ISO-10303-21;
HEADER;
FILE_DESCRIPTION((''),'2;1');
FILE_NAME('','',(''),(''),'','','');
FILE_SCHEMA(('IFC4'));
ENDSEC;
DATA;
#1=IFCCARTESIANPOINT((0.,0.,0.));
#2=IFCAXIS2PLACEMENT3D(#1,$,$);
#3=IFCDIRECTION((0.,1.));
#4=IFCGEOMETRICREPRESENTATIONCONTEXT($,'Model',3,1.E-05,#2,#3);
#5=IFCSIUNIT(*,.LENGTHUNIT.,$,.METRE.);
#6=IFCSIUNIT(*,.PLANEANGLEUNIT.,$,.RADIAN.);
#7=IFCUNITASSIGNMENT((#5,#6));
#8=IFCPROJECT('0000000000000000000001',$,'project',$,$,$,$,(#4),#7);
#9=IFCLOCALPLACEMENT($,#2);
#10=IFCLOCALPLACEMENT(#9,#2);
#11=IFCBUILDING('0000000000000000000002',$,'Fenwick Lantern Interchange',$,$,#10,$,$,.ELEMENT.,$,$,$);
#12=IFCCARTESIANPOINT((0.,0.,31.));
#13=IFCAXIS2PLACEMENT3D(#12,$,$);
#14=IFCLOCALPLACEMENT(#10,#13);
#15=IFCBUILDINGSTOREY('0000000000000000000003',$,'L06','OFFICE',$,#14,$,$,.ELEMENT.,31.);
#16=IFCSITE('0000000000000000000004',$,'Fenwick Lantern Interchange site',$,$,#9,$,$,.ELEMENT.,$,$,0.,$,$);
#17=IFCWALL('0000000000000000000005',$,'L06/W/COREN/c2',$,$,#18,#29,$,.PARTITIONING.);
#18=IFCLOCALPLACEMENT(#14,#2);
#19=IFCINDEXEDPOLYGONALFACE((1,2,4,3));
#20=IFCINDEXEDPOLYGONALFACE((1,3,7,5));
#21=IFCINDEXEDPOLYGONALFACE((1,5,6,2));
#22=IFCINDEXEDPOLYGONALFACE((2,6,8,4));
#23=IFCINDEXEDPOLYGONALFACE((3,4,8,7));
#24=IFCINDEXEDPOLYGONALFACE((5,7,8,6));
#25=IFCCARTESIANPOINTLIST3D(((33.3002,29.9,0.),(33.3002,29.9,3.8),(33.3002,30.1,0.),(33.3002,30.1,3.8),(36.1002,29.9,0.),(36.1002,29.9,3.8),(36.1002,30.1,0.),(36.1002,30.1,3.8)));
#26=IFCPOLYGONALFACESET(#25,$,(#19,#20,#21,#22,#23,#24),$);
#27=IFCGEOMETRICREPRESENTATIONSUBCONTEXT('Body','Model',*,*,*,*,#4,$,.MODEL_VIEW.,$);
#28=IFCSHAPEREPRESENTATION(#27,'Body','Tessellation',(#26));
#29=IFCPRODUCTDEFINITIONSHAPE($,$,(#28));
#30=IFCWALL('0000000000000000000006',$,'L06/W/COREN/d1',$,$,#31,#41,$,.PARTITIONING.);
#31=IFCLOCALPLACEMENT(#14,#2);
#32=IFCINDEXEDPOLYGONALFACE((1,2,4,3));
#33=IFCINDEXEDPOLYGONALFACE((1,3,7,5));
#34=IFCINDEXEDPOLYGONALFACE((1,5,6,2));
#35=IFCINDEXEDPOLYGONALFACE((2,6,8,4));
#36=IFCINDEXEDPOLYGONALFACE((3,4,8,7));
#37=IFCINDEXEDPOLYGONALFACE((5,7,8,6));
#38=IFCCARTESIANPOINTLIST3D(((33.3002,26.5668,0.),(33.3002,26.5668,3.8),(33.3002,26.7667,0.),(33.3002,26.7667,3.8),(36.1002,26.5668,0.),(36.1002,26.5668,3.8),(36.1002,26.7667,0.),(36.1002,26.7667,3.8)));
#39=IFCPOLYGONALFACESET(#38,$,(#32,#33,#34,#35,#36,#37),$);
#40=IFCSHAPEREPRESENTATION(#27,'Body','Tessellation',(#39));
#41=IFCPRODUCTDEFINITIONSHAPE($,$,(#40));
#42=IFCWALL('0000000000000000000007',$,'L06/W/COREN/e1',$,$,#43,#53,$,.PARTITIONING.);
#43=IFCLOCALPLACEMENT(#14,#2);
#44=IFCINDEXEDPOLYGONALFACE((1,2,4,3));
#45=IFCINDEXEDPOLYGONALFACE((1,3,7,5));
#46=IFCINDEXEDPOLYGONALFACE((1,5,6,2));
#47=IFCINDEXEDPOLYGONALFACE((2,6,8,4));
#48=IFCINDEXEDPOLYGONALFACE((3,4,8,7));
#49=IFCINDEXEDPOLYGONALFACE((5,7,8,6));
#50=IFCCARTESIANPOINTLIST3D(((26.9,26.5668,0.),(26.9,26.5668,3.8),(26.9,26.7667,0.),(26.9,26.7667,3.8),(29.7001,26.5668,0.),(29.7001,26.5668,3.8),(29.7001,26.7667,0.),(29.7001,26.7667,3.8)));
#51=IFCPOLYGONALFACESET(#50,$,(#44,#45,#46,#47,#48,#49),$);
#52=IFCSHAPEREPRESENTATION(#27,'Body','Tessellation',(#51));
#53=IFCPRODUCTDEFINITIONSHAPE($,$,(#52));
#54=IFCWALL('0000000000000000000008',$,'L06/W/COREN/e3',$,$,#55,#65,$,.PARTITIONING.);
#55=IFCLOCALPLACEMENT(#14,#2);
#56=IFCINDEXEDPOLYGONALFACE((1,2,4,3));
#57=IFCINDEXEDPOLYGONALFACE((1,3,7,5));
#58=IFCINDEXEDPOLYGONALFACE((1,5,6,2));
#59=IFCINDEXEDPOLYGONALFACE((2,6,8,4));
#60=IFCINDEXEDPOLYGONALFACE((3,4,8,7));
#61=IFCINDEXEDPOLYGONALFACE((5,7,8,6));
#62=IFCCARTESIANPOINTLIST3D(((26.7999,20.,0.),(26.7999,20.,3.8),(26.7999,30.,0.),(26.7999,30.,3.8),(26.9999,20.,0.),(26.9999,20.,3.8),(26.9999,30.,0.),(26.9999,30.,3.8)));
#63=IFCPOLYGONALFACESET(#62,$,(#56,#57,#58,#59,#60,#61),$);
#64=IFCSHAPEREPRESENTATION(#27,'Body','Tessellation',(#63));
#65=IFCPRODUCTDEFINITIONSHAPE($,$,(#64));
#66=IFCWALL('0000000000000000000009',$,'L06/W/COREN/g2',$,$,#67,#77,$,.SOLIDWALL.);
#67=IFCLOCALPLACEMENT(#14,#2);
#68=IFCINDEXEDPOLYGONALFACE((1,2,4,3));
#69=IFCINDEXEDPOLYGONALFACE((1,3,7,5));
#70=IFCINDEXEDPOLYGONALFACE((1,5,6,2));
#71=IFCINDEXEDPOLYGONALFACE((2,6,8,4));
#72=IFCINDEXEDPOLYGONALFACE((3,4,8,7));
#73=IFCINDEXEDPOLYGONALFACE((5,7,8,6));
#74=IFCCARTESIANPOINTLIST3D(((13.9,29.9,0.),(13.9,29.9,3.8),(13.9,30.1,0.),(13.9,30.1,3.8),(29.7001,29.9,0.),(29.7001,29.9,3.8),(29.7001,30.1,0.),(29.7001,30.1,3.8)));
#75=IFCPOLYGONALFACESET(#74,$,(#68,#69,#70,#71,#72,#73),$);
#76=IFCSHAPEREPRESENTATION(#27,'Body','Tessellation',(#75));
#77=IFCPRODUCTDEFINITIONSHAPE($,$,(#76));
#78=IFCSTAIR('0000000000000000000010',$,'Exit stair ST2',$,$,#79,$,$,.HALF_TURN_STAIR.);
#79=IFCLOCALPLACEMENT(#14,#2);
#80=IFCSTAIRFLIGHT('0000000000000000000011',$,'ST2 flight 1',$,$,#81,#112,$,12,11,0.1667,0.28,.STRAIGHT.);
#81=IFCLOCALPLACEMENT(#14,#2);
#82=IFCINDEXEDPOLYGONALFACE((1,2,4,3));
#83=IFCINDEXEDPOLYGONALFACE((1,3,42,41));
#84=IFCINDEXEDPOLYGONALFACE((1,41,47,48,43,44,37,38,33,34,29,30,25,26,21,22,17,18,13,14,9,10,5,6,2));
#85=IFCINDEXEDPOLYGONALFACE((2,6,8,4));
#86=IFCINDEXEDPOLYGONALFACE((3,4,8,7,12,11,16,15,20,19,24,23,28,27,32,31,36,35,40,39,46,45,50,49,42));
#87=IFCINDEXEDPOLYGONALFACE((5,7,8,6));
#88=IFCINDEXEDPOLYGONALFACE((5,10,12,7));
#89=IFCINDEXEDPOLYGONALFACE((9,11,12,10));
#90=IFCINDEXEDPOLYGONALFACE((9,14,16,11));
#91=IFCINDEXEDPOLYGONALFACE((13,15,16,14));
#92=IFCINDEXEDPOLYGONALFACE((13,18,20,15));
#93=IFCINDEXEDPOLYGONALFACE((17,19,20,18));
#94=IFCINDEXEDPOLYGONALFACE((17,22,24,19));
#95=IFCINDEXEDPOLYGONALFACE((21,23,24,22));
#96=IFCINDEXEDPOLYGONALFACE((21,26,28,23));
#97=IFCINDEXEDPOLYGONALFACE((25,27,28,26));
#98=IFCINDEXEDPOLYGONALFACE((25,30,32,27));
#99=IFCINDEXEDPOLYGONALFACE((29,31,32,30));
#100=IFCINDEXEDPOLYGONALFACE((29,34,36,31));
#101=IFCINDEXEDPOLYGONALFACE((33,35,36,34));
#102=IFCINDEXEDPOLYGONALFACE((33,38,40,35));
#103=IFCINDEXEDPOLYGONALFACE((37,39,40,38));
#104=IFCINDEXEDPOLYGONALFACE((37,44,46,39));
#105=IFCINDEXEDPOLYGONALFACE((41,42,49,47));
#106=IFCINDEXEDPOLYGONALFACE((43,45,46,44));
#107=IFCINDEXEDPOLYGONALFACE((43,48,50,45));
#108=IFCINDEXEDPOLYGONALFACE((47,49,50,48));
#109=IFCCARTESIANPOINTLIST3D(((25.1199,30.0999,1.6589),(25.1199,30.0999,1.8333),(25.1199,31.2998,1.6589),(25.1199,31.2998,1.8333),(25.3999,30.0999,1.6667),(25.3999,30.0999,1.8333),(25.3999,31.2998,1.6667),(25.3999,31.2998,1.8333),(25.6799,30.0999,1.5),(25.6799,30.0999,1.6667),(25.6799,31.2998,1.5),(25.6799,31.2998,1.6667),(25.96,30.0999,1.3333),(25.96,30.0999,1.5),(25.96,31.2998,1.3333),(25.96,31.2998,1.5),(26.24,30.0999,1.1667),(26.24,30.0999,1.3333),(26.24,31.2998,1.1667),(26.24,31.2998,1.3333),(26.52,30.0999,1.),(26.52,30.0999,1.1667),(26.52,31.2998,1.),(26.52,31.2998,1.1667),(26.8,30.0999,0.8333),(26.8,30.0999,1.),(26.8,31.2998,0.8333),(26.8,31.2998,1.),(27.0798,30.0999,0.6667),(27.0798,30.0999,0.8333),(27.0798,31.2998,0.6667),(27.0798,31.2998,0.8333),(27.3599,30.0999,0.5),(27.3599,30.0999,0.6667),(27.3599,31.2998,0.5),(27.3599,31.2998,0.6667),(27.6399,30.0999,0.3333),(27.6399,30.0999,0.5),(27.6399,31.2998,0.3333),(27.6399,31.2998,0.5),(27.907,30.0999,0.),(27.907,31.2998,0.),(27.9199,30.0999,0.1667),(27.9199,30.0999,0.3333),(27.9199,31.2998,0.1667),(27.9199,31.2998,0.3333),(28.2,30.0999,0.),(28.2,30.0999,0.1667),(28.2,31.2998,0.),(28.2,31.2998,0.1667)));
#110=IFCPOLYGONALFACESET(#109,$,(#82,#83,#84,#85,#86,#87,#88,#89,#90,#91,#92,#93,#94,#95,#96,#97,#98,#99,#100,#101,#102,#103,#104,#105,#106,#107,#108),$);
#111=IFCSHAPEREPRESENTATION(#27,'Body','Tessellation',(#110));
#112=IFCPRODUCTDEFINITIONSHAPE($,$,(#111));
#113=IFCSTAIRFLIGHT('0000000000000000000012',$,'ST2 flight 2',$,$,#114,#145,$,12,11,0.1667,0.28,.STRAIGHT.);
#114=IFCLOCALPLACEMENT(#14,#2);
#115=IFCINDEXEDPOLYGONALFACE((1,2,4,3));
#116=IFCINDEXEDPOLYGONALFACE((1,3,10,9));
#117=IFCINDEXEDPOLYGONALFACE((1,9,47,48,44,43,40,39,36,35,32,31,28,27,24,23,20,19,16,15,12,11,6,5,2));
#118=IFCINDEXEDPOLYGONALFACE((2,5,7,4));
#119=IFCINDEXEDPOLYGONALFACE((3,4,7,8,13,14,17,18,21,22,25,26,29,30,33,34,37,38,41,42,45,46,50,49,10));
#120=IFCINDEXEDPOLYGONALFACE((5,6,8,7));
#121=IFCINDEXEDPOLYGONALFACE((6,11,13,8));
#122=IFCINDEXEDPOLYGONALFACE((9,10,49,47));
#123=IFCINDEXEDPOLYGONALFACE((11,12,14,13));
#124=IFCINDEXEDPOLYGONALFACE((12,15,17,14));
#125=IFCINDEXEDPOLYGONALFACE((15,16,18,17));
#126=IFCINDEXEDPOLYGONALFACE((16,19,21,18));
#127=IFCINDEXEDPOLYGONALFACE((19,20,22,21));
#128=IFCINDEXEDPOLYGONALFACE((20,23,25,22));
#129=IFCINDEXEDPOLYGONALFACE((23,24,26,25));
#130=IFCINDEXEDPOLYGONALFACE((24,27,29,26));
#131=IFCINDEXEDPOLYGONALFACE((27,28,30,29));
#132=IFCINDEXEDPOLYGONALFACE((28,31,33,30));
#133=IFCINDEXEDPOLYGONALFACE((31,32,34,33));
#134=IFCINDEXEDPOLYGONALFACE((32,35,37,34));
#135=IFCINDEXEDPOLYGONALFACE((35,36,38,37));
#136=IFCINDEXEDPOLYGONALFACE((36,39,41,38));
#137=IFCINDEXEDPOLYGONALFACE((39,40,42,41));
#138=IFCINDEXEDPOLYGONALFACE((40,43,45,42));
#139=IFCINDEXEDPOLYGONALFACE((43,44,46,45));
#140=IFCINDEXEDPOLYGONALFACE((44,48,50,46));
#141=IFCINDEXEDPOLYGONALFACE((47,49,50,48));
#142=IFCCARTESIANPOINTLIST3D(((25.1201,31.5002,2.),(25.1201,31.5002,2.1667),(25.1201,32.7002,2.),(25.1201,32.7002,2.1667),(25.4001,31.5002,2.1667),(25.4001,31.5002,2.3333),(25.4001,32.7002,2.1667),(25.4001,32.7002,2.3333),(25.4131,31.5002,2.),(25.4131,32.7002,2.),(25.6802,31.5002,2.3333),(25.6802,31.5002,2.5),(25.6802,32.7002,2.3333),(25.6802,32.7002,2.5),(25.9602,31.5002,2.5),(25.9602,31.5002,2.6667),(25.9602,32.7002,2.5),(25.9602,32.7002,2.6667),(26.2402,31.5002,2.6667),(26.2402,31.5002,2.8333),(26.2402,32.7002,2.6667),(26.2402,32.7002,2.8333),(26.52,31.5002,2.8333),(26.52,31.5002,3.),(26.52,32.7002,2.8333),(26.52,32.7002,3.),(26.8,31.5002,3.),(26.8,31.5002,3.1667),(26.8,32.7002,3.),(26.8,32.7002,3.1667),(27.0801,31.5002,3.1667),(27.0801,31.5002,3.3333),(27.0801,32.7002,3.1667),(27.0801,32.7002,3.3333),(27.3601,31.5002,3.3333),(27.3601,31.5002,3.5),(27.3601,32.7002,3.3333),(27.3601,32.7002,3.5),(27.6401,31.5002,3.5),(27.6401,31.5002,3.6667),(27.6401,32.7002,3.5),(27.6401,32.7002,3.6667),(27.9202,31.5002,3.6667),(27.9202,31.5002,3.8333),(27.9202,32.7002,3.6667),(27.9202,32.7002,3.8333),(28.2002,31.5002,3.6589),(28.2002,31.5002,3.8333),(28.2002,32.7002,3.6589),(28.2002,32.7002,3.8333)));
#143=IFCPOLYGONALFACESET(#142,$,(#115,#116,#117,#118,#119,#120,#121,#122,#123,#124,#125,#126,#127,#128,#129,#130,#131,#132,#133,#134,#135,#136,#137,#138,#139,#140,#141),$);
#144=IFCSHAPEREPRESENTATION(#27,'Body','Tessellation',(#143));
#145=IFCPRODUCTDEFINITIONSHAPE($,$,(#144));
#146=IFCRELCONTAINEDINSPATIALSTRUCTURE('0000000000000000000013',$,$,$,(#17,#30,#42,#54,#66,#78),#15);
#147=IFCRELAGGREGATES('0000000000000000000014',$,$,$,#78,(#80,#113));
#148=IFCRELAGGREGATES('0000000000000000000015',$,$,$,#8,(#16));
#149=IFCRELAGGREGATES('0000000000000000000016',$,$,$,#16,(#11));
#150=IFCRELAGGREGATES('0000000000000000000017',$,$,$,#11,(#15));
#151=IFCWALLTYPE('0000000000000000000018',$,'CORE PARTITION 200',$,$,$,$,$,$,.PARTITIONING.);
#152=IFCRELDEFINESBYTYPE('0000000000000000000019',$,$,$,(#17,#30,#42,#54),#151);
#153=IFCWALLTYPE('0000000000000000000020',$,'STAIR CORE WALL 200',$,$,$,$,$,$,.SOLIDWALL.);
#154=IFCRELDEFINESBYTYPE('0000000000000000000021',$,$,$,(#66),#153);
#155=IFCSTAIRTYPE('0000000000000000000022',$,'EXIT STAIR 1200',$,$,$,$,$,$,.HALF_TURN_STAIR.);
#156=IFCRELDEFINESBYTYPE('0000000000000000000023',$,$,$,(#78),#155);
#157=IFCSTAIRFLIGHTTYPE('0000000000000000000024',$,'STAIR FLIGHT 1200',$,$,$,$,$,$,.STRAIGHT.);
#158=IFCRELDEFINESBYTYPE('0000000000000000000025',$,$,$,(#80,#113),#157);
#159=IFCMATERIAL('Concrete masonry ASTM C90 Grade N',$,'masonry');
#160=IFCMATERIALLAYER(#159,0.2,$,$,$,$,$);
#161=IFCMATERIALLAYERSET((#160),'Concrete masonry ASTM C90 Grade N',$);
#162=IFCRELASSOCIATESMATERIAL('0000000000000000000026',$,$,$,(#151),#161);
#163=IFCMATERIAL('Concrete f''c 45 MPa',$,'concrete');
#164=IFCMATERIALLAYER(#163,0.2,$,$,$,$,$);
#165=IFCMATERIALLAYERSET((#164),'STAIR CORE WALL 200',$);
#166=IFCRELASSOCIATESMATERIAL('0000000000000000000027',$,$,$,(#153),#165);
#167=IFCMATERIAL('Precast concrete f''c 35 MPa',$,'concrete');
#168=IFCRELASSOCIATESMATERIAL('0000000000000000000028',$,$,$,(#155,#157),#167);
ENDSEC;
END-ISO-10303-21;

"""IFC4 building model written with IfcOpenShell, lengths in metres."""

from ifc_helpers import new_model, si_unit, direction, frame, frame_2d, origin, place, context, subcontext, project, spatial, polyline, rectangle, outline, extrude, material, layer, layer_set, type_object, element, aggregate, save


model = new_model("IFC4")

# Units and contexts
model_context = context("Model", 3, precision=1e-05, world=origin(), true_north=direction((0.0, 1.0)))
body_context = subcontext(model_context, "Body", "Model", "MODEL_VIEW")
ifc_project = project(units=[si_unit("LENGTHUNIT", "METRE"), si_unit("PLANEANGLEUNIT", "RADIAN")], contexts=[model_context])

# Site, building, storey
site_placement = place(None, origin())
site = spatial("IfcSite", under=ifc_project, at=site_placement, Name="Fenwick Lantern Interchange site", CompositionType="ELEMENT", RefElevation=0.0)
building_placement = place(site_placement, origin())
building = spatial("IfcBuilding", under=site, at=building_placement, Name="Fenwick Lantern Interchange", CompositionType="ELEMENT")
storey_placement = place(building_placement, frame((0.0, 0.0, 31.0)))
storey = spatial("IfcBuildingStorey", under=building, at=storey_placement, Name="L06", Description="OFFICE", CompositionType="ELEMENT", Elevation=31.0)

# Walls
ifc_material_1 = material(Name="Concrete masonry ASTM C90 Grade N", Category="masonry")
ifc_layer_1 = layer(ifc_material_1, 0.2)
ifc_layer_set_1 = layer_set([ifc_layer_1], Name="Concrete masonry ASTM C90 Grade N")
wall_type_1 = type_object("IfcWallType", Name="CORE PARTITION 200", PredefinedType="PARTITIONING", material=ifc_layer_set_1)
for number, where, z_axis, x_axis, name in (
    (1, (36.1001, 30.0, 0.0), (0.0, 0.0, 1.0), (-1.0, 0.0, 0.0), "L06/W/COREN/c2"),
    (2, (36.1001, 26.6667, 0.0), (0.0, 0.0, 1.0), (-1.0, 0.0, 0.0), "L06/W/COREN/d1"),
    (3, (29.7, 26.6667, 0.0), (0.0, 0.0, 1.0), (-1.0, 0.0, 0.0), "L06/W/COREN/e1"),
):
    element("IfcWall", number, at=place(storey_placement, frame(where, z_axis=z_axis, x_axis=x_axis)), inside=storey, type_object=wall_type_1, Name=name, PredefinedType="PARTITIONING", context=body_context, shape_type="SweptSolid", body=[
        extrude(rectangle(XDim=2.8, YDim=0.2, at=frame_2d((1.3999, 0.0))), origin(), (0.0, 0.0, 1.0), 3.8),
    ])
wall_1_placement = place(storey_placement, frame((26.8999, 30.0, 0.0), z_axis=(0.0, 0.0, 1.0), x_axis=(0.0, -1.0, 0.0)))
element("IfcWall", 4, at=wall_1_placement, inside=storey, type_object=wall_type_1, Name="L06/W/COREN/e3", PredefinedType="PARTITIONING", context=body_context, shape_type="SweptSolid", body=[
    extrude(rectangle(XDim=10.0, YDim=0.2, at=frame_2d((5.0, 0.0))), origin(), (0.0, 0.0, 1.0), 3.8),
])
ifc_material_2 = material(Name="Concrete f'c 45 MPa", Category="concrete")
ifc_layer_2 = layer(ifc_material_2, 0.2)
ifc_layer_set_2 = layer_set([ifc_layer_2], Name="STAIR CORE WALL 200")
wall_type_2 = type_object("IfcWallType", Name="STAIR CORE WALL 200", PredefinedType="SOLIDWALL", material=ifc_layer_set_2)
wall_2_placement = place(storey_placement, frame((29.7, 30.0, 0.0), z_axis=(0.0, 0.0, 1.0), x_axis=(-1.0, 0.0, 0.0)))
element("IfcWall", 5, at=wall_2_placement, inside=storey, type_object=wall_type_2, Name="L06/W/COREN/g2", PredefinedType="SOLIDWALL", context=body_context, shape_type="SweptSolid", body=[
    extrude(rectangle(XDim=15.8, YDim=0.2, at=frame_2d((7.8999, 0.0))), origin(), (0.0, 0.0, 1.0), 3.8),
])

# Stair, stair flights
ifc_material_3 = material(Name="Precast concrete f'c 35 MPa", Category="concrete")
stair_type = type_object("IfcStairType", Name="EXIT STAIR 1200", PredefinedType="HALF_TURN_STAIR", material=ifc_material_3)
stair_placement = place(storey_placement, origin())
stair = element("IfcStair", 6, at=stair_placement, inside=storey, type_object=stair_type, Name="Exit stair ST2", PredefinedType="HALF_TURN_STAIR")
stair_flight_type = type_object("IfcStairFlightType", Name="STAIR FLIGHT 1200", PredefinedType="STRAIGHT", material=ifc_material_3)
stair_flight_1_placement = place(storey_placement, frame((28.2, 30.7, 0.0), z_axis=(0.0, 0.0, 1.0), x_axis=(-1.0, 0.0, 0.0)))
stair_flight_1 = element("IfcStairFlight", 7, at=stair_flight_1_placement, type_object=stair_flight_type, Name="ST2 flight 1", NumberOfRisers=12, NumberOfTreads=11, PredefinedType="STRAIGHT", RiserHeight=0.1667, TreadLength=0.28, context=body_context, shape_type="SweptSolid", body=[
    extrude(outline(polyline([(0.0, 0.0), (0.0, 0.1667), (0.28, 0.1667), (0.28, 0.3333), (0.5601, 0.3333), (0.5601, 0.5), (0.8401, 0.5), (0.8401, 0.6667), (1.1201, 0.6667), (1.1201, 0.8333), (1.3999, 0.8333), (1.3999, 1.0), (1.6799, 1.0), (1.6799, 1.1667), (1.96, 1.1667), (1.96, 1.3333), (2.24, 1.3333), (2.24, 1.5), (2.52, 1.5), (2.52, 1.6667), (2.8, 1.6667), (2.8, 1.8333), (3.0801, 1.8333), (3.0801, 2.0), (3.0801, 1.6589), (0.293, 0.0), (0.0, 0.0)])), frame((0.0, 0.6001, 0.0), z_axis=(0.0, -1.0, 0.0), x_axis=(1.0, 0.0, 0.0)), (0.0, 0.0, 1.0), 1.2),
])
stair_flight_2_placement = place(storey_placement, frame((25.1201, 32.1001, 2.0), z_axis=(0.0, 0.0, 1.0), x_axis=(1.0, 0.0, 0.0)))
stair_flight_2 = element("IfcStairFlight", 8, at=stair_flight_2_placement, type_object=stair_flight_type, Name="ST2 flight 2", NumberOfRisers=12, NumberOfTreads=11, PredefinedType="STRAIGHT", RiserHeight=0.1667, TreadLength=0.28, context=body_context, shape_type="SweptSolid", body=[
    extrude(outline(polyline([(0.0, 0.0), (0.0, 0.1667), (0.28, 0.1667), (0.28, 0.3333), (0.5601, 0.3333), (0.5601, 0.5), (0.8401, 0.5), (0.8401, 0.6667), (1.1201, 0.6667), (1.1201, 0.8333), (1.3999, 0.8333), (1.3999, 1.0), (1.6799, 1.0), (1.6799, 1.1667), (1.96, 1.1667), (1.96, 1.3333), (2.24, 1.3333), (2.24, 1.5), (2.52, 1.5), (2.52, 1.6667), (2.8, 1.6667), (2.8, 1.8333), (3.0801, 1.8333), (3.0801, 2.0), (3.0801, 1.6589), (0.293, 0.0), (0.0, 0.0)])), frame((0.0, 0.6001, 0.0), z_axis=(0.0, -1.0, 0.0), x_axis=(1.0, 0.0, 0.0)), (0.0, 0.0, 1.0), 1.2),
])
aggregate(stair, [stair_flight_1, stair_flight_2])

save(model, "model.ifc")
